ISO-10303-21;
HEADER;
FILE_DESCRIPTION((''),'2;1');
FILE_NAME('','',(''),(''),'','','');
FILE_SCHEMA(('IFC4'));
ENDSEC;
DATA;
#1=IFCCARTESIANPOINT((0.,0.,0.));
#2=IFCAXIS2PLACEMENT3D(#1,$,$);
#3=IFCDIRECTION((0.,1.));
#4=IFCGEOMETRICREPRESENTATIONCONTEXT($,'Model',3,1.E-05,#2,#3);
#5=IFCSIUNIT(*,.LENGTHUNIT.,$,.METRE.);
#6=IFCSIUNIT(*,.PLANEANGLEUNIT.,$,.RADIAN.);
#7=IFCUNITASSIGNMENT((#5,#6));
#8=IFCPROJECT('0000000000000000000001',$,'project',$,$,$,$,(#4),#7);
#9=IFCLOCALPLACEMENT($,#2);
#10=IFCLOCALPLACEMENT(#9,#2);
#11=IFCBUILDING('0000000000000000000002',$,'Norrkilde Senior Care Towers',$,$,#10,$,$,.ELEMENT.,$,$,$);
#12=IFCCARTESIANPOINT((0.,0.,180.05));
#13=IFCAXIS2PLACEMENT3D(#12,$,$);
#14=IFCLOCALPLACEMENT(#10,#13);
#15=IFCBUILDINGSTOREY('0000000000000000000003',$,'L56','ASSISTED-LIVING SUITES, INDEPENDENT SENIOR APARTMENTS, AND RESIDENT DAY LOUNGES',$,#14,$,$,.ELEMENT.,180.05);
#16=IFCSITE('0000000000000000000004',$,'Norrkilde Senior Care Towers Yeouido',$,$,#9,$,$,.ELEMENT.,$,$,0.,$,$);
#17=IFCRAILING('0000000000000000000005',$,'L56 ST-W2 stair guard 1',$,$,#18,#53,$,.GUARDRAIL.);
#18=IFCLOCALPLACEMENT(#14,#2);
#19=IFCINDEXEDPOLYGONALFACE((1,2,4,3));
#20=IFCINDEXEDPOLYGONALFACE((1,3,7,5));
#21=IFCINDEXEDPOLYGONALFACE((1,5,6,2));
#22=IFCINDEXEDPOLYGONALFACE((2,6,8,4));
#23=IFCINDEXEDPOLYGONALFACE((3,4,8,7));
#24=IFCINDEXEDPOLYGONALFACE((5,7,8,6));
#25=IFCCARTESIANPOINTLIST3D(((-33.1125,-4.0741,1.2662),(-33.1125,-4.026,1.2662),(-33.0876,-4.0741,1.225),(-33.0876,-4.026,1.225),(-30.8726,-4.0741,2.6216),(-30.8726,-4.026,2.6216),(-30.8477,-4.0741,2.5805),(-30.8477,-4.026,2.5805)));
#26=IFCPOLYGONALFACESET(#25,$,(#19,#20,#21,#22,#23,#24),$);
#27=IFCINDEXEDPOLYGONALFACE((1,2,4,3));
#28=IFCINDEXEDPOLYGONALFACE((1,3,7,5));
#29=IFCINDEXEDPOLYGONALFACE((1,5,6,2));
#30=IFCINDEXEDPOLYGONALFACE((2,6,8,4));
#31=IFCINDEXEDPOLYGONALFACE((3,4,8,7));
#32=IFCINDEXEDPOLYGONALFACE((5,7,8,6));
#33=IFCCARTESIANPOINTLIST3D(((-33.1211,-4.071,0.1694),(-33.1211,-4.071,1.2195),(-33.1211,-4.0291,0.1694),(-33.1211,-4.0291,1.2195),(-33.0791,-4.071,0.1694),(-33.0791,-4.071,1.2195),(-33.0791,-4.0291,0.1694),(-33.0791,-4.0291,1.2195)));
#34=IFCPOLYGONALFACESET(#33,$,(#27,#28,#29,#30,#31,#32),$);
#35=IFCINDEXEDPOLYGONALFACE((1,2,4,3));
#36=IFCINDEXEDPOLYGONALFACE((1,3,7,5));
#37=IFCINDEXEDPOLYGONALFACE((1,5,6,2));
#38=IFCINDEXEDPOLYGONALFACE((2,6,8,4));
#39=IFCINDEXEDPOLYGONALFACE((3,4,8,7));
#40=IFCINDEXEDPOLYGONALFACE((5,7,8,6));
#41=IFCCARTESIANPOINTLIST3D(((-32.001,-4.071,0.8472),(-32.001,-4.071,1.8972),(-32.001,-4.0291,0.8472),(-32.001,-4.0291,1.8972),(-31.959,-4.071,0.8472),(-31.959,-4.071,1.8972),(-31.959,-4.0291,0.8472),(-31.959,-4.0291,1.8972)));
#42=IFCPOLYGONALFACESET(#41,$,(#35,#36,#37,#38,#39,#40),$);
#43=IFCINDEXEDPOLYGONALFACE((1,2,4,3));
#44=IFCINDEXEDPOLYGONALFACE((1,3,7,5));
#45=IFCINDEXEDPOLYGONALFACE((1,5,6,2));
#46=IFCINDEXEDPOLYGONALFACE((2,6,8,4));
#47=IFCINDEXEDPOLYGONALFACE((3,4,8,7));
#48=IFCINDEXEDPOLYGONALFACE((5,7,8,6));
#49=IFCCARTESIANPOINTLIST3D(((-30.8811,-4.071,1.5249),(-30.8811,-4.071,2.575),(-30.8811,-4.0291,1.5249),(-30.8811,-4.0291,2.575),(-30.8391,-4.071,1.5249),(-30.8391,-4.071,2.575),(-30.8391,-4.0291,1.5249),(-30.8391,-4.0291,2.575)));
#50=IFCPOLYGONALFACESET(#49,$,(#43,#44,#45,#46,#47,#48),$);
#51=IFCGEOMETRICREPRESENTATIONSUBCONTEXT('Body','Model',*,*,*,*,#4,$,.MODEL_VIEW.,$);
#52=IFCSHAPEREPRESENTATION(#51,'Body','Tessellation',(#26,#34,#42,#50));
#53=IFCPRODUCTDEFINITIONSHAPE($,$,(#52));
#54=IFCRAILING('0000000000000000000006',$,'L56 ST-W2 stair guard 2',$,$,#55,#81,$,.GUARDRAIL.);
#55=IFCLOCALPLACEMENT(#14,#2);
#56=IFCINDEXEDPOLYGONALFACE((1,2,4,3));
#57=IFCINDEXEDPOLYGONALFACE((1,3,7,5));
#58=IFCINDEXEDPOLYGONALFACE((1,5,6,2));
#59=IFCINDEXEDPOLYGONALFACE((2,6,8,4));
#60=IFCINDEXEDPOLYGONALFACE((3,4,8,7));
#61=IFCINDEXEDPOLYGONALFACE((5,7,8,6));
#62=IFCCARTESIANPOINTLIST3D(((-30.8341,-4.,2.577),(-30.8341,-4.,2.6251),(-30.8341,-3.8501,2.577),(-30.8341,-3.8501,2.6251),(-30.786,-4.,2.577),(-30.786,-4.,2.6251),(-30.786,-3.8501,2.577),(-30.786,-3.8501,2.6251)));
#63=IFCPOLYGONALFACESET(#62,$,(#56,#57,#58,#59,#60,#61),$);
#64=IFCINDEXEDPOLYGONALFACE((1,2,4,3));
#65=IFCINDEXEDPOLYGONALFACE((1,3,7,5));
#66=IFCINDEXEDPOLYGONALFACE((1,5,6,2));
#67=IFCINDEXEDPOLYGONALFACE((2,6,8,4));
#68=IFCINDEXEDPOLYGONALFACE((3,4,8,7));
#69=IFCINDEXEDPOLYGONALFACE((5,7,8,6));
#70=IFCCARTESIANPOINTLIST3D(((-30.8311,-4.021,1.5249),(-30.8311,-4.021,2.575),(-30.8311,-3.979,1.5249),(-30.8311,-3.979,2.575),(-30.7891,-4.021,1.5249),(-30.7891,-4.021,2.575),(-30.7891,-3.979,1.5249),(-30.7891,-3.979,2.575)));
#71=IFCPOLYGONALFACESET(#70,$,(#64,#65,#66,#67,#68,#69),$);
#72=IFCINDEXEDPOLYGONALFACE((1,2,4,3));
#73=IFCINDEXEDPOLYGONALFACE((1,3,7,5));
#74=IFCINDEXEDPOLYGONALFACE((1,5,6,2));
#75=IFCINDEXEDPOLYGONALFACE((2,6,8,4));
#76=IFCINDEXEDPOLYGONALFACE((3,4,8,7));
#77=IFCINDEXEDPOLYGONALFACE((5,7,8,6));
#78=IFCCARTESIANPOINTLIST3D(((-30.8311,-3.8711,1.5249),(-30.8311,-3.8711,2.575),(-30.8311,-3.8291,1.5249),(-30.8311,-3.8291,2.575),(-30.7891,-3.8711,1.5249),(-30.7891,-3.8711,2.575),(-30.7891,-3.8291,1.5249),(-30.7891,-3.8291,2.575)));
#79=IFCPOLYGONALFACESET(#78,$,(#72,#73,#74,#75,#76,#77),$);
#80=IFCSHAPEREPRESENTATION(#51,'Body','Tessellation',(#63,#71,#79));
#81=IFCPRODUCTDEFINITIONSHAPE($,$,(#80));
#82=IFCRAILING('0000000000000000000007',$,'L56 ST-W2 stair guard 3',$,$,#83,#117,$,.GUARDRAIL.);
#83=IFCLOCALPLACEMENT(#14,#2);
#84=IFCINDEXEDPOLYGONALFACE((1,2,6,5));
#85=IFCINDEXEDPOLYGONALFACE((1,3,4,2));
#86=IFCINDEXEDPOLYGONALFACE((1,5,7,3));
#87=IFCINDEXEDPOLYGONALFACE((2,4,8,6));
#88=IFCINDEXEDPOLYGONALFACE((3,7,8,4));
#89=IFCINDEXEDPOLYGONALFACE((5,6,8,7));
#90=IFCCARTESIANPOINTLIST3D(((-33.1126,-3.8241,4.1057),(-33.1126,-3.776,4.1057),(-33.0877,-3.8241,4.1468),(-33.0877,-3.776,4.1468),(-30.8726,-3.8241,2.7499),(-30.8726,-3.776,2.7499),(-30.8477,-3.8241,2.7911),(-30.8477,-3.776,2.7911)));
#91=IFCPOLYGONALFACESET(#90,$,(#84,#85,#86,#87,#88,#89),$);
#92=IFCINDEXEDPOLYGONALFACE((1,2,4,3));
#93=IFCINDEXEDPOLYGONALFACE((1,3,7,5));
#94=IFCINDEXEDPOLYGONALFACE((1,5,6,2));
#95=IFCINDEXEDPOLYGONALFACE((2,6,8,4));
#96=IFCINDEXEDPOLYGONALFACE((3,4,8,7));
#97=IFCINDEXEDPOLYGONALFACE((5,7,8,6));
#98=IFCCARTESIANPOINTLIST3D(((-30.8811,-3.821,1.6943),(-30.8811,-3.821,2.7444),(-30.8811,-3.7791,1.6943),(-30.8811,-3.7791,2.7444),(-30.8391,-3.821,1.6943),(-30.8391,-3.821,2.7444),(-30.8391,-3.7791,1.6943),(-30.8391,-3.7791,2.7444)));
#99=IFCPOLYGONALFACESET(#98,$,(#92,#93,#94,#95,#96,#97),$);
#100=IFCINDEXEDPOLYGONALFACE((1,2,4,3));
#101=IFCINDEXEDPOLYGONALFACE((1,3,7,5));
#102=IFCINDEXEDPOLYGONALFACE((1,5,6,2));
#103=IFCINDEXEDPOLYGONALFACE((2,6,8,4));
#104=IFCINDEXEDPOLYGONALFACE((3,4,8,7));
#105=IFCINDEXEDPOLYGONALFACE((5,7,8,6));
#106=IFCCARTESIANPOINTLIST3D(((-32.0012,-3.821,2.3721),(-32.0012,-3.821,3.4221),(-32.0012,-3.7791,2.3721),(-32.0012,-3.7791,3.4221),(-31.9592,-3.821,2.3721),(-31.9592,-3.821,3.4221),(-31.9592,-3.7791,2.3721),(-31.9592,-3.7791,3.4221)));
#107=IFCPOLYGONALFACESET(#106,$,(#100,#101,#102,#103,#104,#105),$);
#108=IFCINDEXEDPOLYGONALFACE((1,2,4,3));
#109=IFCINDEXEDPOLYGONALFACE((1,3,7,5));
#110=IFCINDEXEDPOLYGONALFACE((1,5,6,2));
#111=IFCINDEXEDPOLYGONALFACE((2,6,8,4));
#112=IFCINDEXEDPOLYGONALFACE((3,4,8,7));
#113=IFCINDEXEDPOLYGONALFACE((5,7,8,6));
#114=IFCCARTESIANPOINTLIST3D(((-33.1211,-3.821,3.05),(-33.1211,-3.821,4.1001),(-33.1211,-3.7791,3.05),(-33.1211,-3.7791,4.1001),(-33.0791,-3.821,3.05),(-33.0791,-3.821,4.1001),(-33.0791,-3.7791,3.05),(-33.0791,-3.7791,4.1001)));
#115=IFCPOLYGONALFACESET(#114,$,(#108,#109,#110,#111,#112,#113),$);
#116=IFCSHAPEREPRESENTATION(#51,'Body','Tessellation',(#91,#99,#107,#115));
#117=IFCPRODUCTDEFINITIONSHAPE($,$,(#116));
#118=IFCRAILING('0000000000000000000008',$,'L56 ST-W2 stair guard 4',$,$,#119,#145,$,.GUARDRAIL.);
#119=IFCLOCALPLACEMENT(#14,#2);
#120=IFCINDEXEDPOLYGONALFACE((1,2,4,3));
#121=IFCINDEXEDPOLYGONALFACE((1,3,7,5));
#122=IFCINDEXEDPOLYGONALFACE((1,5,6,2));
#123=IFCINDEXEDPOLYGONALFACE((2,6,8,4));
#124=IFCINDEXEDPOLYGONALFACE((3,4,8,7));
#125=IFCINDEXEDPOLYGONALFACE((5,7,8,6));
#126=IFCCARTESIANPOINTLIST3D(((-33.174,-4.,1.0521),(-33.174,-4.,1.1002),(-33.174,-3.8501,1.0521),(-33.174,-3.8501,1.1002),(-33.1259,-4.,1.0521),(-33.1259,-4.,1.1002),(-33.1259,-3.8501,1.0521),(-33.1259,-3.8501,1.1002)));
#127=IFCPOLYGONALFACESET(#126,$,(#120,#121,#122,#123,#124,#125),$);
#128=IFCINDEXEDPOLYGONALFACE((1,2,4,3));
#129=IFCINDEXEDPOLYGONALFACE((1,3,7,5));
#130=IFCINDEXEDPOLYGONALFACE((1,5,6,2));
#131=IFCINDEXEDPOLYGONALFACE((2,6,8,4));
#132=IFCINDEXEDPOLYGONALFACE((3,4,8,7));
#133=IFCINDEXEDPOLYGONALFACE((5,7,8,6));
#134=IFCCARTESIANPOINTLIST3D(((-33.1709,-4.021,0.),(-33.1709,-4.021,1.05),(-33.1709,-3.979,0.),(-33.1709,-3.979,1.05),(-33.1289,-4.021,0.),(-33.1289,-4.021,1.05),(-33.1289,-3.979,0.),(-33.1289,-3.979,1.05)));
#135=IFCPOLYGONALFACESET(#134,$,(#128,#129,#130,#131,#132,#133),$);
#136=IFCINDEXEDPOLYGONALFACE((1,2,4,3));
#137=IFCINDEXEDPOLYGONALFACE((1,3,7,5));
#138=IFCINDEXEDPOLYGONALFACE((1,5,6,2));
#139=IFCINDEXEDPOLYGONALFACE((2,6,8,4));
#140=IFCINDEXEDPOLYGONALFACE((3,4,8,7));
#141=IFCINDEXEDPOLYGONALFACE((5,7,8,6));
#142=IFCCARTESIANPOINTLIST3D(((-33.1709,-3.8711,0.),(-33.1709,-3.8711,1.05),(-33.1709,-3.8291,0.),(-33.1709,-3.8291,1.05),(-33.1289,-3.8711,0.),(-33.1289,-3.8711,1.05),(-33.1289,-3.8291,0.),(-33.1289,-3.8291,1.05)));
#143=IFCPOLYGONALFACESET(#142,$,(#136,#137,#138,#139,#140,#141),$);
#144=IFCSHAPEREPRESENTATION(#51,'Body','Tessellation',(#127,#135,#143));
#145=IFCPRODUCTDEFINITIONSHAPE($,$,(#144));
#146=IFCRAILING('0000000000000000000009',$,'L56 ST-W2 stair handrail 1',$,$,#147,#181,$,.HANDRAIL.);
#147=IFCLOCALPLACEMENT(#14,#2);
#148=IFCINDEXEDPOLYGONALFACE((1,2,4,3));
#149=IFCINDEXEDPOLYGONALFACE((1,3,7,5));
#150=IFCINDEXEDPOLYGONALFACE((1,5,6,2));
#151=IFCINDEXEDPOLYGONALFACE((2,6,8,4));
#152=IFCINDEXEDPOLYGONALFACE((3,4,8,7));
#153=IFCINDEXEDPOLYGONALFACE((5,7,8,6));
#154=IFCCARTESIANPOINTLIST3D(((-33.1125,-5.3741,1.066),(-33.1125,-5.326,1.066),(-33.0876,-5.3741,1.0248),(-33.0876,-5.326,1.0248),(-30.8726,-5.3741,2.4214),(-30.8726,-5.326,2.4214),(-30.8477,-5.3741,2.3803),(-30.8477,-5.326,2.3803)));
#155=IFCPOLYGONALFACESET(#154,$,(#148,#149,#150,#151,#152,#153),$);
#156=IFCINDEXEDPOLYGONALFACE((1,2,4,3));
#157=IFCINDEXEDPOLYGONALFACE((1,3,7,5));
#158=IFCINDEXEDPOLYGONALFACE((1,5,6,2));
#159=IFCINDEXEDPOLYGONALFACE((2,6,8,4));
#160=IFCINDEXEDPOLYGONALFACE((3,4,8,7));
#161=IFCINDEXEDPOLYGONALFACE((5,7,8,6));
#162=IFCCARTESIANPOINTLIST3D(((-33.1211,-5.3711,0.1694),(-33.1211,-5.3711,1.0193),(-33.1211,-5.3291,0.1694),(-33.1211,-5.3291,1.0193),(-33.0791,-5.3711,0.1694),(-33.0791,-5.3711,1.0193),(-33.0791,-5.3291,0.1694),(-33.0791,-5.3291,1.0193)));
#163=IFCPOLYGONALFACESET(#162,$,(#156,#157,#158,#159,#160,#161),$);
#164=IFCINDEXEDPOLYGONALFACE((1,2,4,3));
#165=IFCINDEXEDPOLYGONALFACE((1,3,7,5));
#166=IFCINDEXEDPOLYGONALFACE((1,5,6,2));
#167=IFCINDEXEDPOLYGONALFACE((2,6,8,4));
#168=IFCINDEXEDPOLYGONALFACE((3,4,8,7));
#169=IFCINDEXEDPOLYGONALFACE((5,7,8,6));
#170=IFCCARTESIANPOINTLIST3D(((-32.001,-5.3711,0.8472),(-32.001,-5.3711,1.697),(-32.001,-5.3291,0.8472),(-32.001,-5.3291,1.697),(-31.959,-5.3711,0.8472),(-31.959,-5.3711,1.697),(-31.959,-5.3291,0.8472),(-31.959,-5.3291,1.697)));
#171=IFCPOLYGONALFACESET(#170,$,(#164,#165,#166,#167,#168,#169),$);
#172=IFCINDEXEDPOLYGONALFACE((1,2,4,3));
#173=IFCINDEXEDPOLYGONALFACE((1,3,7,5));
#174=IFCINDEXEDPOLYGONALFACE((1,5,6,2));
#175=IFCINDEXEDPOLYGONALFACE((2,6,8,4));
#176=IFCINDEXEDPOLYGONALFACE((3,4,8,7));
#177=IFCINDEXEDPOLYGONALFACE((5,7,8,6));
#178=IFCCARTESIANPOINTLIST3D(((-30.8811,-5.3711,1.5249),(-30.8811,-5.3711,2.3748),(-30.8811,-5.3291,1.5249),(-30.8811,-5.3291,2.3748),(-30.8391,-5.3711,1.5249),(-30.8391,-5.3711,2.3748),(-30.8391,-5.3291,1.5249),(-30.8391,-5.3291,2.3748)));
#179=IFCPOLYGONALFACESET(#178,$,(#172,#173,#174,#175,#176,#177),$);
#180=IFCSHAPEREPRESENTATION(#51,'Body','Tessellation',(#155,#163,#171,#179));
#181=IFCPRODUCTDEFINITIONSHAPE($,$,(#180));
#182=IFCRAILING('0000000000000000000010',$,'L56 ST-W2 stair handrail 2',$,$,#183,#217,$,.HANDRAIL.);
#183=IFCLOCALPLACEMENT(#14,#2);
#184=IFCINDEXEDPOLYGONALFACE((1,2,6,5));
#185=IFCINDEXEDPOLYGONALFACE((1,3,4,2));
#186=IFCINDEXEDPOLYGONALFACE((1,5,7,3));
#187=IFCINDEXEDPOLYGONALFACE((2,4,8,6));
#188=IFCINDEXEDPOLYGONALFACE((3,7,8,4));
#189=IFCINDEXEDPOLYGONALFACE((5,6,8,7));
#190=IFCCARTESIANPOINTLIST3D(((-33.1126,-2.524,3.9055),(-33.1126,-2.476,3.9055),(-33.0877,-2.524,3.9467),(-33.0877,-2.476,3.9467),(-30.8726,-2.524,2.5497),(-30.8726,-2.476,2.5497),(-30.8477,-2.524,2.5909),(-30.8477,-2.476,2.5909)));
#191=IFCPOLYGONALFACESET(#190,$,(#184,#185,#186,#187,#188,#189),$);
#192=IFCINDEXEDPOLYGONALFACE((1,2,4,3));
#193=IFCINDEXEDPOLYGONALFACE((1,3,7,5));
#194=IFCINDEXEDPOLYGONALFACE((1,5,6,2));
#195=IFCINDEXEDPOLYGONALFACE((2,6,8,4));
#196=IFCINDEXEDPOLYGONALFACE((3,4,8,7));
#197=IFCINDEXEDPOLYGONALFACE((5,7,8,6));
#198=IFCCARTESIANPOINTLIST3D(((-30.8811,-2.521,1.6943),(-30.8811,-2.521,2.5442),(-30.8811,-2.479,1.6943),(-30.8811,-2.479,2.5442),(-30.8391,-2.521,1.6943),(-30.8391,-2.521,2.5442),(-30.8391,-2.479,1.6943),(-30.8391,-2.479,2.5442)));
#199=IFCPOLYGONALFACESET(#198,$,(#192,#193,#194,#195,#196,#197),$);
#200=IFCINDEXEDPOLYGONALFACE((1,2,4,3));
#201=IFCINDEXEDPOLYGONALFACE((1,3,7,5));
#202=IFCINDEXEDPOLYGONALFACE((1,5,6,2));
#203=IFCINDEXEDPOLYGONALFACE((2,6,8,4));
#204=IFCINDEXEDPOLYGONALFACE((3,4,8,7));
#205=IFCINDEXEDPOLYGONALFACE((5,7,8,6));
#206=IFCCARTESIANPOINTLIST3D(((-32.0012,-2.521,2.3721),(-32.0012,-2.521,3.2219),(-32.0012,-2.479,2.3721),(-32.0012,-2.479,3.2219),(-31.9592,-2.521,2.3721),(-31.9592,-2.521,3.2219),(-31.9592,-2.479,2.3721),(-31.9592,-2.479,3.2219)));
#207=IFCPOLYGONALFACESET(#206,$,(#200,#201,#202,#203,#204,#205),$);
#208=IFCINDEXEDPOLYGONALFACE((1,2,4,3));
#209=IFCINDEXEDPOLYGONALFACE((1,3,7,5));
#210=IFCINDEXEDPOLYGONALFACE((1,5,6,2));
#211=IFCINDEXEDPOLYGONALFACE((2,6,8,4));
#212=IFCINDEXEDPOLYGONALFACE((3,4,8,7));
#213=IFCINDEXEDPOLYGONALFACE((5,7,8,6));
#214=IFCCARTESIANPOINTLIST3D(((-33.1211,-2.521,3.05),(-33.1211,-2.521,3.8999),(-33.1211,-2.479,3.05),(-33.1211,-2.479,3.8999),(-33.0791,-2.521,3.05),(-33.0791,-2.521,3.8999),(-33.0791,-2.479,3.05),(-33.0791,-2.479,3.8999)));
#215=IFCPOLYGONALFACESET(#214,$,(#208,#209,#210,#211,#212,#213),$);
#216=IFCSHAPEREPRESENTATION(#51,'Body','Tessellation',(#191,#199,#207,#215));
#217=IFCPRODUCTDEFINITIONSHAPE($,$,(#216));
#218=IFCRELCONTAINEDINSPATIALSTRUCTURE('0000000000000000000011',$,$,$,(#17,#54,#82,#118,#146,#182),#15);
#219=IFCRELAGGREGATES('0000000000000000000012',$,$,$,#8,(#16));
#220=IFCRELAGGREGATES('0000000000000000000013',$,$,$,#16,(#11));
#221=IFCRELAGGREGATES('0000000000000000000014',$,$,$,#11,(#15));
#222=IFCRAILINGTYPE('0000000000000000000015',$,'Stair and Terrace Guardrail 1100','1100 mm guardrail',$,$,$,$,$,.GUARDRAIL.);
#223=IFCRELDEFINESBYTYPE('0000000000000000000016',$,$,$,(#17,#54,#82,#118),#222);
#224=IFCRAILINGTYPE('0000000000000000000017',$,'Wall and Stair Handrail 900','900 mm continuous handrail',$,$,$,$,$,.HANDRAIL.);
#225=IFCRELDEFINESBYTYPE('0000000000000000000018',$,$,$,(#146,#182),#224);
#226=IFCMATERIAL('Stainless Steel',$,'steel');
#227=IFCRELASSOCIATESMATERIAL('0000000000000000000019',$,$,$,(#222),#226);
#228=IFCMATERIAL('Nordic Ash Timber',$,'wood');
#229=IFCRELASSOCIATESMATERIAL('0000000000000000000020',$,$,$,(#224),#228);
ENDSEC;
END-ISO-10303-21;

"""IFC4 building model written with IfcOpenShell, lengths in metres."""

from ifc_helpers import new_model, si_unit, direction, frame, origin, origin_2d, place, context, subcontext, project, spatial, rectangle, extrude, material, type_object, element, save


model = new_model("IFC4")

# Units and contexts
model_context = context("Model", 3, precision=1e-05, world=origin(), true_north=direction((0.0, 1.0)))
body_context = subcontext(model_context, "Body", "Model", "MODEL_VIEW")
ifc_project = project(units=[si_unit("LENGTHUNIT", "METRE"), si_unit("PLANEANGLEUNIT", "RADIAN")], contexts=[model_context])

# Site, building, storey
site_placement = place(None, origin())
site = spatial("IfcSite", under=ifc_project, at=site_placement, Name="Norrkilde Senior Care Towers Yeouido", CompositionType="ELEMENT", RefElevation=0.0)
building_placement = place(site_placement, origin())
building = spatial("IfcBuilding", under=site, at=building_placement, Name="Norrkilde Senior Care Towers", CompositionType="ELEMENT")
storey_placement = place(building_placement, frame((0.0, 0.0, 180.05)))
storey = spatial("IfcBuildingStorey", under=building, at=storey_placement, Name="L56", Description="ASSISTED-LIVING SUITES, INDEPENDENT SENIOR APARTMENTS, AND RESIDENT DAY LOUNGES", CompositionType="ELEMENT", Elevation=180.05)

# Railings
ifc_material_1 = material(Name="Stainless Steel", Category="steel")
railing_type_1 = type_object("IfcRailingType", Name="Stair and Terrace Guardrail 1100", Description="1100 mm guardrail", PredefinedType="GUARDRAIL", material=ifc_material_1)
railing_1_placement = place(storey_placement, frame((-33.1001, -4.05, 0.1694)))
element("IfcRailing", 1, at=railing_1_placement, inside=storey, type_object=railing_type_1, Name="L56 ST-W2 stair guard 1", PredefinedType="GUARDRAIL", context=body_context, shape_type="SweptSolid", body=[
    extrude(rectangle(XDim=0.0481, YDim=0.0481, at=origin_2d()), frame((0.0, 0.0, 1.0762), z_axis=(0.855553, 0.0, 0.517715), x_axis=(0.0, 1.0, 0.0)), (0.0, 0.0, 1.0), 2.6182),
    extrude(rectangle(XDim=0.042, YDim=0.042, at=origin_2d()), origin(), (0.0, 0.0, 1.0), 1.05),
    extrude(rectangle(XDim=0.042, YDim=0.042, at=origin_2d()), frame((1.1201, 0.0, 0.6777)), (0.0, 0.0, 1.0), 1.05),
    extrude(rectangle(XDim=0.042, YDim=0.042, at=origin_2d()), frame((2.24, 0.0, 1.3555)), (0.0, 0.0, 1.0), 1.05),
])
railing_2_placement = place(storey_placement, frame((-30.8101, -4.0, 1.5249)))
element("IfcRailing", 2, at=railing_2_placement, inside=storey, type_object=railing_type_1, Name="L56 ST-W2 stair guard 2", PredefinedType="GUARDRAIL", context=body_context, shape_type="SweptSolid", body=[
    extrude(rectangle(XDim=0.0481, YDim=0.0481, at=origin_2d()), frame((0.0, 0.0, 1.0762), z_axis=(0.0, 1.0, 0.0), x_axis=(-1.0, 0.0, 0.0)), (0.0, 0.0, 1.0), 0.1499),
    extrude(rectangle(XDim=0.042, YDim=0.042, at=origin_2d()), origin(), (0.0, 0.0, 1.0), 1.05),
    extrude(rectangle(XDim=0.042, YDim=0.042, at=origin_2d()), frame((0.0, 0.1499, 0.0)), (0.0, 0.0, 1.0), 1.05),
])
railing_3_placement = place(storey_placement, frame((-30.8601, -3.8, 1.6943)))
element("IfcRailing", 3, at=railing_3_placement, inside=storey, type_object=railing_type_1, Name="L56 ST-W2 stair guard 3", PredefinedType="GUARDRAIL", context=body_context, shape_type="SweptSolid", body=[
    extrude(rectangle(XDim=0.0481, YDim=0.0481, at=origin_2d()), frame((0.0, 0.0, 1.0762), z_axis=(-0.855512, 0.0, 0.517783), x_axis=(0.0, -1.0, 0.0)), (0.0, 0.0, 1.0), 2.6184),
    extrude(rectangle(XDim=0.042, YDim=0.042, at=origin_2d()), origin(), (0.0, 0.0, 1.0), 1.05),
    extrude(rectangle(XDim=0.042, YDim=0.042, at=origin_2d()), frame((-1.1201, 0.0, 0.6777)), (0.0, 0.0, 1.0), 1.05),
    extrude(rectangle(XDim=0.042, YDim=0.042, at=origin_2d()), frame((-2.24, 0.0, 1.3557)), (0.0, 0.0, 1.0), 1.05),
])
railing_4_placement = place(storey_placement, frame((-33.1499, -4.0, 0.0)))
element("IfcRailing", 4, at=railing_4_placement, inside=storey, type_object=railing_type_1, Name="L56 ST-W2 stair guard 4", PredefinedType="GUARDRAIL", context=body_context, shape_type="SweptSolid", body=[
    extrude(rectangle(XDim=0.0481, YDim=0.0481, at=origin_2d()), frame((0.0, 0.0, 1.0762), z_axis=(0.0, 1.0, 0.0), x_axis=(-1.0, 0.0, 0.0)), (0.0, 0.0, 1.0), 0.1499),
    extrude(rectangle(XDim=0.042, YDim=0.042, at=origin_2d()), origin(), (0.0, 0.0, 1.0), 1.05),
    extrude(rectangle(XDim=0.042, YDim=0.042, at=origin_2d()), frame((0.0, 0.1499, 0.0)), (0.0, 0.0, 1.0), 1.05),
])
ifc_material_2 = material(Name="Nordic Ash Timber", Category="wood")
railing_type_2 = type_object("IfcRailingType", Name="Wall and Stair Handrail 900", Description="900 mm continuous handrail", PredefinedType="HANDRAIL", material=ifc_material_2)
railing_5_placement = place(storey_placement, frame((-33.1001, -5.3501, 0.1694)))
element("IfcRailing", 5, at=railing_5_placement, inside=storey, type_object=railing_type_2, Name="L56 ST-W2 stair handrail 1", PredefinedType="HANDRAIL", context=body_context, shape_type="SweptSolid", body=[
    extrude(rectangle(XDim=0.0481, YDim=0.0481, at=origin_2d()), frame((0.0, 0.0, 0.876), z_axis=(0.855553, 0.0, 0.517715), x_axis=(0.0, 1.0, 0.0)), (0.0, 0.0, 1.0), 2.6182),
    extrude(rectangle(XDim=0.042, YDim=0.042, at=origin_2d()), origin(), (0.0, 0.0, 1.0), 0.8499),
    extrude(rectangle(XDim=0.042, YDim=0.042, at=origin_2d()), frame((1.1201, 0.0, 0.6777)), (0.0, 0.0, 1.0), 0.8499),
    extrude(rectangle(XDim=0.042, YDim=0.042, at=origin_2d()), frame((2.24, 0.0, 1.3555)), (0.0, 0.0, 1.0), 0.8499),
])
railing_6_placement = place(storey_placement, frame((-30.8601, -2.5, 1.6943)))
element("IfcRailing", 6, at=railing_6_placement, inside=storey, type_object=railing_type_2, Name="L56 ST-W2 stair handrail 2", PredefinedType="HANDRAIL", context=body_context, shape_type="SweptSolid", body=[
    extrude(rectangle(XDim=0.0481, YDim=0.0481, at=origin_2d()), frame((0.0, 0.0, 0.876), z_axis=(-0.855512, 0.0, 0.517783), x_axis=(0.0, -1.0, 0.0)), (0.0, 0.0, 1.0), 2.6184),
    extrude(rectangle(XDim=0.042, YDim=0.042, at=origin_2d()), origin(), (0.0, 0.0, 1.0), 0.8499),
    extrude(rectangle(XDim=0.042, YDim=0.042, at=origin_2d()), frame((-1.1201, 0.0, 0.6777)), (0.0, 0.0, 1.0), 0.8499),
    extrude(rectangle(XDim=0.042, YDim=0.042, at=origin_2d()), frame((-2.24, 0.0, 1.3557)), (0.0, 0.0, 1.0), 0.8499),
])

save(model, "model.ifc")
